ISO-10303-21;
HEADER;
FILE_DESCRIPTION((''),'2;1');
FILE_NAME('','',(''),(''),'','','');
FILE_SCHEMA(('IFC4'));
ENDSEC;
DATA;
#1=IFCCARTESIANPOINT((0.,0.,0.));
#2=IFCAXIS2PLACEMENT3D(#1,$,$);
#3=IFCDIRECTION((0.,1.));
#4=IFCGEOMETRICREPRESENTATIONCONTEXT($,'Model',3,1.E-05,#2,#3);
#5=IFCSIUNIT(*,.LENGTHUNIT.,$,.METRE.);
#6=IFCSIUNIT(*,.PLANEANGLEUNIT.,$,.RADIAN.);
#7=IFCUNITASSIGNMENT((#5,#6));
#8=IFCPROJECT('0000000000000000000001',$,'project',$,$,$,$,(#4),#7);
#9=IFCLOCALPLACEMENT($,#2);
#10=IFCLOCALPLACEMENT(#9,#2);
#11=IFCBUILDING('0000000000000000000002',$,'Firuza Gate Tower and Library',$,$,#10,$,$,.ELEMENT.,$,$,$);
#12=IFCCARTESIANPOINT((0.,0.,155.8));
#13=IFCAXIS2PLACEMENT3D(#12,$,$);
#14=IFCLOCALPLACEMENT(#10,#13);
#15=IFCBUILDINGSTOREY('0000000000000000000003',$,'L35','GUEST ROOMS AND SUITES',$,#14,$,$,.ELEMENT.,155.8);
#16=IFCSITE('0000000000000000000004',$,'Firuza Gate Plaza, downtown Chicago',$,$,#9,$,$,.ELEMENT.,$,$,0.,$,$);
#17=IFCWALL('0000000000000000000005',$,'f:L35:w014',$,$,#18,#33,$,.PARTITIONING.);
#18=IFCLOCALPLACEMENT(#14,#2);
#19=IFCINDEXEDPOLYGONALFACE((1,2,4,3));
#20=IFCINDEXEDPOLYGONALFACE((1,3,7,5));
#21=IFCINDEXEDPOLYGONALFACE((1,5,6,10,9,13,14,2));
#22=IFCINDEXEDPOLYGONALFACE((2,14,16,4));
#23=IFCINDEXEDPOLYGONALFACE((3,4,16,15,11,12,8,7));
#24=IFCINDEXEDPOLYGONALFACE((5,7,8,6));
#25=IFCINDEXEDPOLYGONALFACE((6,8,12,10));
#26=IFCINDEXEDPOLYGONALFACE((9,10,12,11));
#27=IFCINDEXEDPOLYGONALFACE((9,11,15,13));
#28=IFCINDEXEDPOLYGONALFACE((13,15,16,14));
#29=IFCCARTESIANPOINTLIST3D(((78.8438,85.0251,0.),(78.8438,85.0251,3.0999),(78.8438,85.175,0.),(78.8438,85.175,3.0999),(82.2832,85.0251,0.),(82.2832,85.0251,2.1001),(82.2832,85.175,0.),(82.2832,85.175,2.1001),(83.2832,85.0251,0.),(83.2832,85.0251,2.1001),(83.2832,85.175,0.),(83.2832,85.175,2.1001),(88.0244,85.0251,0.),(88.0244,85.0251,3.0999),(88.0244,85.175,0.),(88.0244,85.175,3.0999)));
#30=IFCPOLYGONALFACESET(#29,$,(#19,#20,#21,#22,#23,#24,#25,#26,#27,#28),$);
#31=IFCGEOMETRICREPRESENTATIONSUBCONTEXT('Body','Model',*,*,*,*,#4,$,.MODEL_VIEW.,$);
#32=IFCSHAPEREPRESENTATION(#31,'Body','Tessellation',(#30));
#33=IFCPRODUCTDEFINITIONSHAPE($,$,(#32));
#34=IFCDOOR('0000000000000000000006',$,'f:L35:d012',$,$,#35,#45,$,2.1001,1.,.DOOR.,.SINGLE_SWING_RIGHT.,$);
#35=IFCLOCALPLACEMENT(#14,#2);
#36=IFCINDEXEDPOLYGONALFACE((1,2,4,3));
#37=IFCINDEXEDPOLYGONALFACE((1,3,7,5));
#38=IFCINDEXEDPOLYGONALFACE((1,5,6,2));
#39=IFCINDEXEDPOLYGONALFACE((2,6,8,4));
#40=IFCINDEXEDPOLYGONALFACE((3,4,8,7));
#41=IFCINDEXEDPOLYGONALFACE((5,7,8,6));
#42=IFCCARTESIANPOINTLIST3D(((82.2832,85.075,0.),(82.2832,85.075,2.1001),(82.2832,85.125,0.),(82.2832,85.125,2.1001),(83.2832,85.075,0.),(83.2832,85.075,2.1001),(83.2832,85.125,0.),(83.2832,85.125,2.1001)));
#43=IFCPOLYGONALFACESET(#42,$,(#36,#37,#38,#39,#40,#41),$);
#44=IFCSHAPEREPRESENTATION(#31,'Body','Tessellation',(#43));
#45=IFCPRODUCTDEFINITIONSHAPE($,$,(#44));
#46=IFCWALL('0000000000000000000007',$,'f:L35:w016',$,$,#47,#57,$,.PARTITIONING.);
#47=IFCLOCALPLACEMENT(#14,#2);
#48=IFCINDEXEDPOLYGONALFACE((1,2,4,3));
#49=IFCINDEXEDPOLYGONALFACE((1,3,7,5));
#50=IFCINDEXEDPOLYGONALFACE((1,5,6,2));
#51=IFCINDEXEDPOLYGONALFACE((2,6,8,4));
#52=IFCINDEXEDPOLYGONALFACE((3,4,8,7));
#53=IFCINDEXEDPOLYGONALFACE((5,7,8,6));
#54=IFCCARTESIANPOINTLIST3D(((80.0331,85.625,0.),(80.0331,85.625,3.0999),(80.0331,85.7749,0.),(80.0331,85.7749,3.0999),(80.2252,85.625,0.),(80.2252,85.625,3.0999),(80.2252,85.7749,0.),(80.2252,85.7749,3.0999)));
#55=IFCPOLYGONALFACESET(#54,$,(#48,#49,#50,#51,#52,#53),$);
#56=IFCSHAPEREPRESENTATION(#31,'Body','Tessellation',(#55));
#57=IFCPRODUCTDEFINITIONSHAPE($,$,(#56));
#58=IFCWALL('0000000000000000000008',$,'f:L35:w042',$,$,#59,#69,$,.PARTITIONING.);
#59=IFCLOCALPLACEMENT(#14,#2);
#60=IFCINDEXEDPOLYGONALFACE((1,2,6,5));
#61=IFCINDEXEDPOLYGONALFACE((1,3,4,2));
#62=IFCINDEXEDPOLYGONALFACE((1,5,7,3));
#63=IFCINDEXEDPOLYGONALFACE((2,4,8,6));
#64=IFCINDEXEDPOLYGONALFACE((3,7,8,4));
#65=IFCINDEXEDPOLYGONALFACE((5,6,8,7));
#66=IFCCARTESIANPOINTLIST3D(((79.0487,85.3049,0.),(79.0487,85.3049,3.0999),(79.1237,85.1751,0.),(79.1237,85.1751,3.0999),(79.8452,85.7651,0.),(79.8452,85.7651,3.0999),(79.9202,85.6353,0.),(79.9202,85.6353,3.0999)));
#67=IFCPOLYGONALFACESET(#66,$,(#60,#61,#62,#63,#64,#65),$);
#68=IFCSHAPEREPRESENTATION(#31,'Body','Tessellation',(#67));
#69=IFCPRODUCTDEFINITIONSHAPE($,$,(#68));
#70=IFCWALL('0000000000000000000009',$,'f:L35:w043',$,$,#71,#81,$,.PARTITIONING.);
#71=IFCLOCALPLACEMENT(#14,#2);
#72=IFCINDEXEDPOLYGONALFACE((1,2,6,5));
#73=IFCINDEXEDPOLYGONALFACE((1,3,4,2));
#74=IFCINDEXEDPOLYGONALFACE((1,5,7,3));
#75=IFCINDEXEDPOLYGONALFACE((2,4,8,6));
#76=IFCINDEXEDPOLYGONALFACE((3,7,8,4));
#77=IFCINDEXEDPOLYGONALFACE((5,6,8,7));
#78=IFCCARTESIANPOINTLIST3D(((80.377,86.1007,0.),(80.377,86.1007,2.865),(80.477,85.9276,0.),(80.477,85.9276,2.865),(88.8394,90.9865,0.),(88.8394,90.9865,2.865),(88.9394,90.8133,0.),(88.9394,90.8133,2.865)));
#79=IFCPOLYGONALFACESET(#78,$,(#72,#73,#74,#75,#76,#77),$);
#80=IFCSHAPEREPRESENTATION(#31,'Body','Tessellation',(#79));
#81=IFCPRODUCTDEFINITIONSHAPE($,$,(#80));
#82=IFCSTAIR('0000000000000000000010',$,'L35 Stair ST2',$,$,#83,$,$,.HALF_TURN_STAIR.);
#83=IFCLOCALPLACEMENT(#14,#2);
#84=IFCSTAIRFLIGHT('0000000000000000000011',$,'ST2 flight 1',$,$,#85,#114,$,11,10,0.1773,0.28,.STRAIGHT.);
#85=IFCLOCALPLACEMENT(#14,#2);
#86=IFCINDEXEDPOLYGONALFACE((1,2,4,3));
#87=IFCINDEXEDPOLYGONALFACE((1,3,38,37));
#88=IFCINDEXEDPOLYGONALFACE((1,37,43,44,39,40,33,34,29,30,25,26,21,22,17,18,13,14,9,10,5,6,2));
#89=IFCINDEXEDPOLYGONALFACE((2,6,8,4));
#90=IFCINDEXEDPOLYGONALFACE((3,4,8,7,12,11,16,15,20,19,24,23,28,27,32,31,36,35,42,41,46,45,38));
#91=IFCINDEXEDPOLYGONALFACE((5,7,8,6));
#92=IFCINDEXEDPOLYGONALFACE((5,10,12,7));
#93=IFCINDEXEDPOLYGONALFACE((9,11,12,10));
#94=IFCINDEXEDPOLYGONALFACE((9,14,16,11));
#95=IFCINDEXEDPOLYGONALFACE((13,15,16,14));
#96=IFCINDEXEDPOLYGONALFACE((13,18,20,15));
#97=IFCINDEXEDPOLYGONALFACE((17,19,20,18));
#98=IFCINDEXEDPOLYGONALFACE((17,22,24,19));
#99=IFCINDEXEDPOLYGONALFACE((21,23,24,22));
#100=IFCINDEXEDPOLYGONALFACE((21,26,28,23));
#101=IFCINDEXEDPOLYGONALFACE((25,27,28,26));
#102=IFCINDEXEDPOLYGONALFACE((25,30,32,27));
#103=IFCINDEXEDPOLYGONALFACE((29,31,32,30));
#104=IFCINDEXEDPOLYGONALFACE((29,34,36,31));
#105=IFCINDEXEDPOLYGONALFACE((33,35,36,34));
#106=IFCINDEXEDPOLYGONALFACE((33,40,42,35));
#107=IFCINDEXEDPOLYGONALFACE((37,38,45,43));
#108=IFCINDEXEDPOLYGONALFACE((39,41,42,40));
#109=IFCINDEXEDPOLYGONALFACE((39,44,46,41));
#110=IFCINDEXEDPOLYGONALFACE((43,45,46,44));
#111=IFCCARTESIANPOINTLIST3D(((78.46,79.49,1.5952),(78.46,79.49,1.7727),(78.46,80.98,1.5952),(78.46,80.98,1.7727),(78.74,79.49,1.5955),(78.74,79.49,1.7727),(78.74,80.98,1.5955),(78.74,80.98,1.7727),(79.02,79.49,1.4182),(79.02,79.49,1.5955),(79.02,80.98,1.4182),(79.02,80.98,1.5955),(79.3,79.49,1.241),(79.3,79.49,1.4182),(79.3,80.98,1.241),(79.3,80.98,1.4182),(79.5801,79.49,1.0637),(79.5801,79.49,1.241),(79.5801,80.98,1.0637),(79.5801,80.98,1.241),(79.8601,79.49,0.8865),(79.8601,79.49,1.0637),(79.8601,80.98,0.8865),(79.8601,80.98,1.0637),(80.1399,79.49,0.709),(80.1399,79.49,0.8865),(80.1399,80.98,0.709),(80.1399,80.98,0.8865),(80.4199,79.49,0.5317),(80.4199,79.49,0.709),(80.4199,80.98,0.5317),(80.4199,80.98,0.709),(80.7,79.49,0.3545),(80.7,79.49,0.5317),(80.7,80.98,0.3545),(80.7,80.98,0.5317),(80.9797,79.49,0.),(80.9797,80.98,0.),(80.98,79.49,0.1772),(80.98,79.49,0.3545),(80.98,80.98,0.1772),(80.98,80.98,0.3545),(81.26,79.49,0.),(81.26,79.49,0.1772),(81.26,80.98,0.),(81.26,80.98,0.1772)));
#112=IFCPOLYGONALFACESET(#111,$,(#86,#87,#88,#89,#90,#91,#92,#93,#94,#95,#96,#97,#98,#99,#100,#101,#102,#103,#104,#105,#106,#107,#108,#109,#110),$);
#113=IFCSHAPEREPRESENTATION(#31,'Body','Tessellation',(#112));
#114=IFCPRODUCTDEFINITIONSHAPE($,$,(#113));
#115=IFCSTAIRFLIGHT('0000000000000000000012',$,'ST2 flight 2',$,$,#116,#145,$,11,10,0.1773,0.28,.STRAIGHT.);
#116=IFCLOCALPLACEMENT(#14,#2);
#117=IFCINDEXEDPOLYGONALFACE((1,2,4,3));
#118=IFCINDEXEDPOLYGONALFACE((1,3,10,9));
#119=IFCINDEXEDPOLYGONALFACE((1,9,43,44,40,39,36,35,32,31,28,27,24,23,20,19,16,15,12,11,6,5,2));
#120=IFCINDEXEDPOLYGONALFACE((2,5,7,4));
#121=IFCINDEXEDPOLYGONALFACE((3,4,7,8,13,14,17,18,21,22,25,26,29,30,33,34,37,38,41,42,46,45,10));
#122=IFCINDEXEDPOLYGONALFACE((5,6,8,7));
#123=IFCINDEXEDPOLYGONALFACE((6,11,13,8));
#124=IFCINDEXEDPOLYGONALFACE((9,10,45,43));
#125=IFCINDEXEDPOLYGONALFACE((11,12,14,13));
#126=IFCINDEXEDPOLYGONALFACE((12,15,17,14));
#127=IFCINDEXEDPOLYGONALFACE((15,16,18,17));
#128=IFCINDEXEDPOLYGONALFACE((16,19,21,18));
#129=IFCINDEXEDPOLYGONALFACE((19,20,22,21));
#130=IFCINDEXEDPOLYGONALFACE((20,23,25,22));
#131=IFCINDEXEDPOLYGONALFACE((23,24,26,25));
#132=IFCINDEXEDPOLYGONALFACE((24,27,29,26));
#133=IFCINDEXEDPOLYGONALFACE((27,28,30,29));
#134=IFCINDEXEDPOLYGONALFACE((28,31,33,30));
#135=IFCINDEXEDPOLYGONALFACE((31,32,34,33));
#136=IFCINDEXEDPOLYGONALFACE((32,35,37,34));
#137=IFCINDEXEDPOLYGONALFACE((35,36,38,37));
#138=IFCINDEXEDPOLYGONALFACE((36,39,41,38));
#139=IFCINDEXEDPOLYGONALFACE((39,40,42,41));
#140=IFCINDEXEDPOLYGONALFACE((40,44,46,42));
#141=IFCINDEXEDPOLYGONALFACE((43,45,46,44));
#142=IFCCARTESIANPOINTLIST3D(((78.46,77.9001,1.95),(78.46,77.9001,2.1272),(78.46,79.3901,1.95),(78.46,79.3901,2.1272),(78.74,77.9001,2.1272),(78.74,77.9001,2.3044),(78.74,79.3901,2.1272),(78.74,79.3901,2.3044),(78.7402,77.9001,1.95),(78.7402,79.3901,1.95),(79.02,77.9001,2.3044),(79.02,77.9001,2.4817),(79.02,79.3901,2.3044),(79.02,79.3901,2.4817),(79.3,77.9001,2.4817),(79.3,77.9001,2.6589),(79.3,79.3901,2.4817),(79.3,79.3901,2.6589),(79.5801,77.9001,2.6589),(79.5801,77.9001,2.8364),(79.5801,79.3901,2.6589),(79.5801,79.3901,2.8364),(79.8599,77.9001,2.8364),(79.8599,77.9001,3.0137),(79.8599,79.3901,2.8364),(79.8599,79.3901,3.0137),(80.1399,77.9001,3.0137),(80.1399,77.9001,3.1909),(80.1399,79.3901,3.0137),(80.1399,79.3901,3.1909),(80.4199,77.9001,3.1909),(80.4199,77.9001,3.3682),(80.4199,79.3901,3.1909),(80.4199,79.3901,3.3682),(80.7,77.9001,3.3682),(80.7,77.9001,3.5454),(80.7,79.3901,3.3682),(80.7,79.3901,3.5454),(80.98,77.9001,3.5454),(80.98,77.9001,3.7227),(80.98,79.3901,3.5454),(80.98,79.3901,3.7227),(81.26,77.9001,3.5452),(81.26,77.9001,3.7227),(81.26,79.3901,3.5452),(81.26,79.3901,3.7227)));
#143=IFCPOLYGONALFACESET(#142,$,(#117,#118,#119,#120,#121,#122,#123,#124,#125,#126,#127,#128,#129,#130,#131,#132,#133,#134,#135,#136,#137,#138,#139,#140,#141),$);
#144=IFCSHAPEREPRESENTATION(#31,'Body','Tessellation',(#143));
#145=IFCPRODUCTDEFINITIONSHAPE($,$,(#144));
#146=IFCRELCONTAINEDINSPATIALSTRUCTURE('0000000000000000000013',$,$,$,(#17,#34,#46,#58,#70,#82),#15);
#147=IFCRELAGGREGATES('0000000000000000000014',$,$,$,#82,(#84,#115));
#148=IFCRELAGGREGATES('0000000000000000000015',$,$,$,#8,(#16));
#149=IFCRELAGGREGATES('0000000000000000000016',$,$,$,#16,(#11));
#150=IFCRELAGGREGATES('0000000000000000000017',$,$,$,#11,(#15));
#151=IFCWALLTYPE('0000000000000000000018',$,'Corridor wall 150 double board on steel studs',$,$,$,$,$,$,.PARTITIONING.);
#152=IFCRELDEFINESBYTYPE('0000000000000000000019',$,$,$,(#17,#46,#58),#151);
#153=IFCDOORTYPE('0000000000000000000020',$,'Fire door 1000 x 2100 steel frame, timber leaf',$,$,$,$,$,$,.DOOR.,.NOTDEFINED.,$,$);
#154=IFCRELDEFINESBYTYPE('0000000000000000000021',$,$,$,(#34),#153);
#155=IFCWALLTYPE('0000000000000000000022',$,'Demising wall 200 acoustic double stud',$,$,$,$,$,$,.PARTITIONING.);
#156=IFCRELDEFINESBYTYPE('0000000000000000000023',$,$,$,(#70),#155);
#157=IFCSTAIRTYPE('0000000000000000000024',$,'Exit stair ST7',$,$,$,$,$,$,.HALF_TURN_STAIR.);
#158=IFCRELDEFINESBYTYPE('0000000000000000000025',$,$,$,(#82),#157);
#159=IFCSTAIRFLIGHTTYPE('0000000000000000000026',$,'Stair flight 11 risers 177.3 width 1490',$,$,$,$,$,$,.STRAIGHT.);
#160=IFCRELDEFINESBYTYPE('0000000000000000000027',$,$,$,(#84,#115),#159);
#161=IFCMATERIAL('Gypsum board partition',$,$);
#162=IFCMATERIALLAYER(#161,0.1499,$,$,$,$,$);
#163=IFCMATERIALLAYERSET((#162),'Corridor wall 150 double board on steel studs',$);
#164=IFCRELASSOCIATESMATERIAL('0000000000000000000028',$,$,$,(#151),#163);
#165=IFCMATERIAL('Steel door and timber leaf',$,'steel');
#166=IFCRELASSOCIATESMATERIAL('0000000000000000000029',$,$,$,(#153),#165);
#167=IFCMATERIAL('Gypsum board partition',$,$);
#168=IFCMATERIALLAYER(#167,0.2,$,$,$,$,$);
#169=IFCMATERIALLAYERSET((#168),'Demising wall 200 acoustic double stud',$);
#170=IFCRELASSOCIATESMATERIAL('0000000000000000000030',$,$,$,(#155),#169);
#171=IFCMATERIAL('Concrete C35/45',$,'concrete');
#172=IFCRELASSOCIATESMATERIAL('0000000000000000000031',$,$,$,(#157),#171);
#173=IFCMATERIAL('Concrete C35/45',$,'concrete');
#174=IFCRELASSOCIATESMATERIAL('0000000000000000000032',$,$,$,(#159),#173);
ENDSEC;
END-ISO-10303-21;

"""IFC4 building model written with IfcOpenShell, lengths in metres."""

from ifc_helpers import new_model, si_unit, direction, frame, frame_2d, origin, place, context, subcontext, project, spatial, polyline, rectangle, outline, extrude, material, layer, layer_set, type_object, element, fill, aggregate, save


model = new_model("IFC4")

# Units and contexts
model_context = context("Model", 3, precision=1e-05, world=origin(), true_north=direction((0.0, 1.0)))
body_context = subcontext(model_context, "Body", "Model", "MODEL_VIEW")
ifc_project = project(units=[si_unit("LENGTHUNIT", "METRE"), si_unit("PLANEANGLEUNIT", "RADIAN")], contexts=[model_context])

# Site, building, storey
site_placement = place(None, origin())
site = spatial("IfcSite", under=ifc_project, at=site_placement, Name="Firuza Gate Plaza, downtown Chicago", CompositionType="ELEMENT", RefElevation=0.0)
building_placement = place(site_placement, origin())
building = spatial("IfcBuilding", under=site, at=building_placement, Name="Firuza Gate Tower and Library", CompositionType="ELEMENT")
storey_placement = place(building_placement, frame((0.0, 0.0, 155.8)))
storey = spatial("IfcBuildingStorey", under=building, at=storey_placement, Name="L35", Description="GUEST ROOMS AND SUITES", CompositionType="ELEMENT", Elevation=155.8)

# Wall, opening, door
ifc_material_1 = material(Name="Gypsum board partition")
ifc_layer_1 = layer(ifc_material_1, 0.1499)
ifc_layer_set_1 = layer_set([ifc_layer_1], Name="Corridor wall 150 double board on steel studs")
wall_type_1 = type_object("IfcWallType", Name="Corridor wall 150 double board on steel studs", PredefinedType="PARTITIONING", material=ifc_layer_set_1)
wall_1_placement = place(storey_placement, frame((78.8438, 85.1001, 0.0), z_axis=(0.0, 0.0, 1.0), x_axis=(1.0, 0.0, 0.0)))
wall_1 = element("IfcWall", 1, at=wall_1_placement, inside=storey, type_object=wall_type_1, Name="f:L35:w014", PredefinedType="PARTITIONING", context=body_context, shape_type="SweptSolid", body=[
    extrude(rectangle(XDim=9.1807, YDim=0.1499, at=frame_2d((4.5903, 0.0))), origin(), (0.0, 0.0, 1.0), 3.0999),
])
opening_1_placement = place(wall_1_placement, frame((3.4395, 0.0, 0.0)))
opening_1 = element("IfcOpeningElement", 2, at=opening_1_placement, cuts=wall_1, PredefinedType="OPENING", context=body_context, shape_type="SweptSolid", body=[
    extrude(rectangle(XDim=1.0, YDim=2.1001, at=frame_2d((0.5, 1.05))), frame((0.0, 0.085, 0.0), z_axis=(0.0, -1.0, 0.0), x_axis=(1.0, 0.0, 0.0)), (0.0, 0.0, 1.0), 0.1699),
])
ifc_material_2 = material(Name="Steel door and timber leaf", Category="steel")
door_type_1 = type_object("IfcDoorType", Name="Fire door 1000 x 2100 steel frame, timber leaf", OperationType="NOTDEFINED", PredefinedType="DOOR", material=ifc_material_2)
door_1_placement = place(opening_1_placement, origin())
door_1 = element("IfcDoor", 3, at=door_1_placement, inside=storey, type_object=door_type_1, Name="f:L35:d012", OperationType="SINGLE_SWING_RIGHT", OverallHeight=2.1001, OverallWidth=1.0, PredefinedType="DOOR", context=body_context, shape_type="SweptSolid", body=[
    extrude(rectangle(XDim=1.0, YDim=2.1001, at=frame_2d((0.5, 1.05))), frame((0.0, 0.0249, 0.0), z_axis=(0.0, -1.0, 0.0), x_axis=(1.0, 0.0, 0.0)), (0.0, 0.0, 1.0), 0.05),
])
fill(opening_1, door_1)

# Walls
wall_2_placement = place(storey_placement, frame((80.033, 85.7, 0.0), z_axis=(0.0, 0.0, 1.0), x_axis=(1.0, 0.0, 0.0)))
element("IfcWall", 4, at=wall_2_placement, inside=storey, type_object=wall_type_1, Name="f:L35:w016", PredefinedType="PARTITIONING", context=body_context, shape_type="SweptSolid", body=[
    extrude(rectangle(XDim=0.1921, YDim=0.1499, at=frame_2d((0.0962, 0.0))), origin(), (0.0, 0.0, 1.0), 3.0999),
])
wall_3_placement = place(storey_placement, frame((79.0862, 85.24, 0.0), z_axis=(0.0, 0.0, 1.0), x_axis=(0.865898, 0.50022, 0.0)))
element("IfcWall", 5, at=wall_3_placement, inside=storey, type_object=wall_type_1, Name="f:L35:w042", PredefinedType="PARTITIONING", context=body_context, shape_type="SweptSolid", body=[
    extrude(rectangle(XDim=0.9199, YDim=0.1499, at=frame_2d((0.46, 0.0))), origin(), (0.0, 0.0, 1.0), 3.0999),
])
ifc_material_3 = material(Name="Gypsum board partition")
ifc_layer_2 = layer(ifc_material_3, 0.2)
ifc_layer_set_2 = layer_set([ifc_layer_2], Name="Demising wall 200 acoustic double stud")
wall_type_2 = type_object("IfcWallType", Name="Demising wall 200 acoustic double stud", PredefinedType="PARTITIONING", material=ifc_layer_set_2)
wall_4_placement = place(storey_placement, frame((80.427, 86.0142, 0.0), z_axis=(0.0, 0.0, 1.0), x_axis=(0.866027, 0.499998, 0.0)))
element("IfcWall", 6, at=wall_4_placement, inside=storey, type_object=wall_type_2, Name="f:L35:w043", PredefinedType="PARTITIONING", context=body_context, shape_type="SweptSolid", body=[
    extrude(rectangle(XDim=9.7715, YDim=0.2, at=frame_2d((4.8857, 0.0))), origin(), (0.0, 0.0, 1.0), 2.865),
])

# Stair, stair flights
ifc_material_4 = material(Name="Concrete C35/45", Category="concrete")
stair_type = type_object("IfcStairType", Name="Exit stair ST7", PredefinedType="HALF_TURN_STAIR", material=ifc_material_4)
stair_placement = place(storey_placement, origin())
stair = element("IfcStair", 7, at=stair_placement, inside=storey, type_object=stair_type, Name="L35 Stair ST2", PredefinedType="HALF_TURN_STAIR")
ifc_material_5 = material(Name="Concrete C35/45", Category="concrete")
stair_flight_type = type_object("IfcStairFlightType", Name="Stair flight 11 risers 177.3 width 1490", PredefinedType="STRAIGHT", material=ifc_material_5)
stair_flight_1_placement = place(storey_placement, frame((81.26, 80.2351, 0.0), z_axis=(0.0, 0.0, 1.0), x_axis=(-1.0, 0.0, 0.0)))
stair_flight_1 = element("IfcStairFlight", 8, at=stair_flight_1_placement, type_object=stair_flight_type, Name="ST2 flight 1", NumberOfRisers=11, NumberOfTreads=10, PredefinedType="STRAIGHT", RiserHeight=0.1773, TreadLength=0.28, context=body_context, shape_type="SweptSolid", body=[
    extrude(outline(polyline([(0.0, 0.0), (0.0, 0.1772), (0.28, 0.1772), (0.28, 0.3545), (0.5601, 0.3545), (0.5601, 0.5317), (0.8401, 0.5317), (0.8401, 0.709), (1.1201, 0.709), (1.1201, 0.8865), (1.3999, 0.8865), (1.3999, 1.0637), (1.6799, 1.0637), (1.6799, 1.241), (1.96, 1.241), (1.96, 1.4182), (2.24, 1.4182), (2.24, 1.5955), (2.52, 1.5955), (2.52, 1.7727), (2.8, 1.7727), (2.8, 1.95), (2.8, 1.5952), (0.2803, 0.0), (0.0, 0.0)])), frame((0.0, 0.7451, 0.0), z_axis=(0.0, -1.0, 0.0), x_axis=(1.0, 0.0, 0.0)), (0.0, 0.0, 1.0), 1.49),
])
stair_flight_2_placement = place(storey_placement, frame((78.46, 78.645, 1.95), z_axis=(0.0, 0.0, 1.0), x_axis=(1.0, 0.0, 0.0)))
stair_flight_2 = element("IfcStairFlight", 9, at=stair_flight_2_placement, type_object=stair_flight_type, Name="ST2 flight 2", NumberOfRisers=11, NumberOfTreads=10, PredefinedType="STRAIGHT", RiserHeight=0.1773, TreadLength=0.28, context=body_context, shape_type="SweptSolid", body=[
    extrude(outline(polyline([(0.0, 0.0), (0.0, 0.1772), (0.28, 0.1772), (0.28, 0.3545), (0.5601, 0.3545), (0.5601, 0.5317), (0.8401, 0.5317), (0.8401, 0.709), (1.1201, 0.709), (1.1201, 0.8865), (1.3999, 0.8865), (1.3999, 1.0637), (1.6799, 1.0637), (1.6799, 1.241), (1.96, 1.241), (1.96, 1.4182), (2.24, 1.4182), (2.24, 1.5955), (2.52, 1.5955), (2.52, 1.7727), (2.8, 1.7727), (2.8, 1.95), (2.8, 1.5952), (0.2803, 0.0), (0.0, 0.0)])), frame((0.0, 0.7451, 0.0), z_axis=(0.0, -1.0, 0.0), x_axis=(1.0, 0.0, 0.0)), (0.0, 0.0, 1.0), 1.49),
])
aggregate(stair, [stair_flight_1, stair_flight_2])

save(model, "model.ifc")
